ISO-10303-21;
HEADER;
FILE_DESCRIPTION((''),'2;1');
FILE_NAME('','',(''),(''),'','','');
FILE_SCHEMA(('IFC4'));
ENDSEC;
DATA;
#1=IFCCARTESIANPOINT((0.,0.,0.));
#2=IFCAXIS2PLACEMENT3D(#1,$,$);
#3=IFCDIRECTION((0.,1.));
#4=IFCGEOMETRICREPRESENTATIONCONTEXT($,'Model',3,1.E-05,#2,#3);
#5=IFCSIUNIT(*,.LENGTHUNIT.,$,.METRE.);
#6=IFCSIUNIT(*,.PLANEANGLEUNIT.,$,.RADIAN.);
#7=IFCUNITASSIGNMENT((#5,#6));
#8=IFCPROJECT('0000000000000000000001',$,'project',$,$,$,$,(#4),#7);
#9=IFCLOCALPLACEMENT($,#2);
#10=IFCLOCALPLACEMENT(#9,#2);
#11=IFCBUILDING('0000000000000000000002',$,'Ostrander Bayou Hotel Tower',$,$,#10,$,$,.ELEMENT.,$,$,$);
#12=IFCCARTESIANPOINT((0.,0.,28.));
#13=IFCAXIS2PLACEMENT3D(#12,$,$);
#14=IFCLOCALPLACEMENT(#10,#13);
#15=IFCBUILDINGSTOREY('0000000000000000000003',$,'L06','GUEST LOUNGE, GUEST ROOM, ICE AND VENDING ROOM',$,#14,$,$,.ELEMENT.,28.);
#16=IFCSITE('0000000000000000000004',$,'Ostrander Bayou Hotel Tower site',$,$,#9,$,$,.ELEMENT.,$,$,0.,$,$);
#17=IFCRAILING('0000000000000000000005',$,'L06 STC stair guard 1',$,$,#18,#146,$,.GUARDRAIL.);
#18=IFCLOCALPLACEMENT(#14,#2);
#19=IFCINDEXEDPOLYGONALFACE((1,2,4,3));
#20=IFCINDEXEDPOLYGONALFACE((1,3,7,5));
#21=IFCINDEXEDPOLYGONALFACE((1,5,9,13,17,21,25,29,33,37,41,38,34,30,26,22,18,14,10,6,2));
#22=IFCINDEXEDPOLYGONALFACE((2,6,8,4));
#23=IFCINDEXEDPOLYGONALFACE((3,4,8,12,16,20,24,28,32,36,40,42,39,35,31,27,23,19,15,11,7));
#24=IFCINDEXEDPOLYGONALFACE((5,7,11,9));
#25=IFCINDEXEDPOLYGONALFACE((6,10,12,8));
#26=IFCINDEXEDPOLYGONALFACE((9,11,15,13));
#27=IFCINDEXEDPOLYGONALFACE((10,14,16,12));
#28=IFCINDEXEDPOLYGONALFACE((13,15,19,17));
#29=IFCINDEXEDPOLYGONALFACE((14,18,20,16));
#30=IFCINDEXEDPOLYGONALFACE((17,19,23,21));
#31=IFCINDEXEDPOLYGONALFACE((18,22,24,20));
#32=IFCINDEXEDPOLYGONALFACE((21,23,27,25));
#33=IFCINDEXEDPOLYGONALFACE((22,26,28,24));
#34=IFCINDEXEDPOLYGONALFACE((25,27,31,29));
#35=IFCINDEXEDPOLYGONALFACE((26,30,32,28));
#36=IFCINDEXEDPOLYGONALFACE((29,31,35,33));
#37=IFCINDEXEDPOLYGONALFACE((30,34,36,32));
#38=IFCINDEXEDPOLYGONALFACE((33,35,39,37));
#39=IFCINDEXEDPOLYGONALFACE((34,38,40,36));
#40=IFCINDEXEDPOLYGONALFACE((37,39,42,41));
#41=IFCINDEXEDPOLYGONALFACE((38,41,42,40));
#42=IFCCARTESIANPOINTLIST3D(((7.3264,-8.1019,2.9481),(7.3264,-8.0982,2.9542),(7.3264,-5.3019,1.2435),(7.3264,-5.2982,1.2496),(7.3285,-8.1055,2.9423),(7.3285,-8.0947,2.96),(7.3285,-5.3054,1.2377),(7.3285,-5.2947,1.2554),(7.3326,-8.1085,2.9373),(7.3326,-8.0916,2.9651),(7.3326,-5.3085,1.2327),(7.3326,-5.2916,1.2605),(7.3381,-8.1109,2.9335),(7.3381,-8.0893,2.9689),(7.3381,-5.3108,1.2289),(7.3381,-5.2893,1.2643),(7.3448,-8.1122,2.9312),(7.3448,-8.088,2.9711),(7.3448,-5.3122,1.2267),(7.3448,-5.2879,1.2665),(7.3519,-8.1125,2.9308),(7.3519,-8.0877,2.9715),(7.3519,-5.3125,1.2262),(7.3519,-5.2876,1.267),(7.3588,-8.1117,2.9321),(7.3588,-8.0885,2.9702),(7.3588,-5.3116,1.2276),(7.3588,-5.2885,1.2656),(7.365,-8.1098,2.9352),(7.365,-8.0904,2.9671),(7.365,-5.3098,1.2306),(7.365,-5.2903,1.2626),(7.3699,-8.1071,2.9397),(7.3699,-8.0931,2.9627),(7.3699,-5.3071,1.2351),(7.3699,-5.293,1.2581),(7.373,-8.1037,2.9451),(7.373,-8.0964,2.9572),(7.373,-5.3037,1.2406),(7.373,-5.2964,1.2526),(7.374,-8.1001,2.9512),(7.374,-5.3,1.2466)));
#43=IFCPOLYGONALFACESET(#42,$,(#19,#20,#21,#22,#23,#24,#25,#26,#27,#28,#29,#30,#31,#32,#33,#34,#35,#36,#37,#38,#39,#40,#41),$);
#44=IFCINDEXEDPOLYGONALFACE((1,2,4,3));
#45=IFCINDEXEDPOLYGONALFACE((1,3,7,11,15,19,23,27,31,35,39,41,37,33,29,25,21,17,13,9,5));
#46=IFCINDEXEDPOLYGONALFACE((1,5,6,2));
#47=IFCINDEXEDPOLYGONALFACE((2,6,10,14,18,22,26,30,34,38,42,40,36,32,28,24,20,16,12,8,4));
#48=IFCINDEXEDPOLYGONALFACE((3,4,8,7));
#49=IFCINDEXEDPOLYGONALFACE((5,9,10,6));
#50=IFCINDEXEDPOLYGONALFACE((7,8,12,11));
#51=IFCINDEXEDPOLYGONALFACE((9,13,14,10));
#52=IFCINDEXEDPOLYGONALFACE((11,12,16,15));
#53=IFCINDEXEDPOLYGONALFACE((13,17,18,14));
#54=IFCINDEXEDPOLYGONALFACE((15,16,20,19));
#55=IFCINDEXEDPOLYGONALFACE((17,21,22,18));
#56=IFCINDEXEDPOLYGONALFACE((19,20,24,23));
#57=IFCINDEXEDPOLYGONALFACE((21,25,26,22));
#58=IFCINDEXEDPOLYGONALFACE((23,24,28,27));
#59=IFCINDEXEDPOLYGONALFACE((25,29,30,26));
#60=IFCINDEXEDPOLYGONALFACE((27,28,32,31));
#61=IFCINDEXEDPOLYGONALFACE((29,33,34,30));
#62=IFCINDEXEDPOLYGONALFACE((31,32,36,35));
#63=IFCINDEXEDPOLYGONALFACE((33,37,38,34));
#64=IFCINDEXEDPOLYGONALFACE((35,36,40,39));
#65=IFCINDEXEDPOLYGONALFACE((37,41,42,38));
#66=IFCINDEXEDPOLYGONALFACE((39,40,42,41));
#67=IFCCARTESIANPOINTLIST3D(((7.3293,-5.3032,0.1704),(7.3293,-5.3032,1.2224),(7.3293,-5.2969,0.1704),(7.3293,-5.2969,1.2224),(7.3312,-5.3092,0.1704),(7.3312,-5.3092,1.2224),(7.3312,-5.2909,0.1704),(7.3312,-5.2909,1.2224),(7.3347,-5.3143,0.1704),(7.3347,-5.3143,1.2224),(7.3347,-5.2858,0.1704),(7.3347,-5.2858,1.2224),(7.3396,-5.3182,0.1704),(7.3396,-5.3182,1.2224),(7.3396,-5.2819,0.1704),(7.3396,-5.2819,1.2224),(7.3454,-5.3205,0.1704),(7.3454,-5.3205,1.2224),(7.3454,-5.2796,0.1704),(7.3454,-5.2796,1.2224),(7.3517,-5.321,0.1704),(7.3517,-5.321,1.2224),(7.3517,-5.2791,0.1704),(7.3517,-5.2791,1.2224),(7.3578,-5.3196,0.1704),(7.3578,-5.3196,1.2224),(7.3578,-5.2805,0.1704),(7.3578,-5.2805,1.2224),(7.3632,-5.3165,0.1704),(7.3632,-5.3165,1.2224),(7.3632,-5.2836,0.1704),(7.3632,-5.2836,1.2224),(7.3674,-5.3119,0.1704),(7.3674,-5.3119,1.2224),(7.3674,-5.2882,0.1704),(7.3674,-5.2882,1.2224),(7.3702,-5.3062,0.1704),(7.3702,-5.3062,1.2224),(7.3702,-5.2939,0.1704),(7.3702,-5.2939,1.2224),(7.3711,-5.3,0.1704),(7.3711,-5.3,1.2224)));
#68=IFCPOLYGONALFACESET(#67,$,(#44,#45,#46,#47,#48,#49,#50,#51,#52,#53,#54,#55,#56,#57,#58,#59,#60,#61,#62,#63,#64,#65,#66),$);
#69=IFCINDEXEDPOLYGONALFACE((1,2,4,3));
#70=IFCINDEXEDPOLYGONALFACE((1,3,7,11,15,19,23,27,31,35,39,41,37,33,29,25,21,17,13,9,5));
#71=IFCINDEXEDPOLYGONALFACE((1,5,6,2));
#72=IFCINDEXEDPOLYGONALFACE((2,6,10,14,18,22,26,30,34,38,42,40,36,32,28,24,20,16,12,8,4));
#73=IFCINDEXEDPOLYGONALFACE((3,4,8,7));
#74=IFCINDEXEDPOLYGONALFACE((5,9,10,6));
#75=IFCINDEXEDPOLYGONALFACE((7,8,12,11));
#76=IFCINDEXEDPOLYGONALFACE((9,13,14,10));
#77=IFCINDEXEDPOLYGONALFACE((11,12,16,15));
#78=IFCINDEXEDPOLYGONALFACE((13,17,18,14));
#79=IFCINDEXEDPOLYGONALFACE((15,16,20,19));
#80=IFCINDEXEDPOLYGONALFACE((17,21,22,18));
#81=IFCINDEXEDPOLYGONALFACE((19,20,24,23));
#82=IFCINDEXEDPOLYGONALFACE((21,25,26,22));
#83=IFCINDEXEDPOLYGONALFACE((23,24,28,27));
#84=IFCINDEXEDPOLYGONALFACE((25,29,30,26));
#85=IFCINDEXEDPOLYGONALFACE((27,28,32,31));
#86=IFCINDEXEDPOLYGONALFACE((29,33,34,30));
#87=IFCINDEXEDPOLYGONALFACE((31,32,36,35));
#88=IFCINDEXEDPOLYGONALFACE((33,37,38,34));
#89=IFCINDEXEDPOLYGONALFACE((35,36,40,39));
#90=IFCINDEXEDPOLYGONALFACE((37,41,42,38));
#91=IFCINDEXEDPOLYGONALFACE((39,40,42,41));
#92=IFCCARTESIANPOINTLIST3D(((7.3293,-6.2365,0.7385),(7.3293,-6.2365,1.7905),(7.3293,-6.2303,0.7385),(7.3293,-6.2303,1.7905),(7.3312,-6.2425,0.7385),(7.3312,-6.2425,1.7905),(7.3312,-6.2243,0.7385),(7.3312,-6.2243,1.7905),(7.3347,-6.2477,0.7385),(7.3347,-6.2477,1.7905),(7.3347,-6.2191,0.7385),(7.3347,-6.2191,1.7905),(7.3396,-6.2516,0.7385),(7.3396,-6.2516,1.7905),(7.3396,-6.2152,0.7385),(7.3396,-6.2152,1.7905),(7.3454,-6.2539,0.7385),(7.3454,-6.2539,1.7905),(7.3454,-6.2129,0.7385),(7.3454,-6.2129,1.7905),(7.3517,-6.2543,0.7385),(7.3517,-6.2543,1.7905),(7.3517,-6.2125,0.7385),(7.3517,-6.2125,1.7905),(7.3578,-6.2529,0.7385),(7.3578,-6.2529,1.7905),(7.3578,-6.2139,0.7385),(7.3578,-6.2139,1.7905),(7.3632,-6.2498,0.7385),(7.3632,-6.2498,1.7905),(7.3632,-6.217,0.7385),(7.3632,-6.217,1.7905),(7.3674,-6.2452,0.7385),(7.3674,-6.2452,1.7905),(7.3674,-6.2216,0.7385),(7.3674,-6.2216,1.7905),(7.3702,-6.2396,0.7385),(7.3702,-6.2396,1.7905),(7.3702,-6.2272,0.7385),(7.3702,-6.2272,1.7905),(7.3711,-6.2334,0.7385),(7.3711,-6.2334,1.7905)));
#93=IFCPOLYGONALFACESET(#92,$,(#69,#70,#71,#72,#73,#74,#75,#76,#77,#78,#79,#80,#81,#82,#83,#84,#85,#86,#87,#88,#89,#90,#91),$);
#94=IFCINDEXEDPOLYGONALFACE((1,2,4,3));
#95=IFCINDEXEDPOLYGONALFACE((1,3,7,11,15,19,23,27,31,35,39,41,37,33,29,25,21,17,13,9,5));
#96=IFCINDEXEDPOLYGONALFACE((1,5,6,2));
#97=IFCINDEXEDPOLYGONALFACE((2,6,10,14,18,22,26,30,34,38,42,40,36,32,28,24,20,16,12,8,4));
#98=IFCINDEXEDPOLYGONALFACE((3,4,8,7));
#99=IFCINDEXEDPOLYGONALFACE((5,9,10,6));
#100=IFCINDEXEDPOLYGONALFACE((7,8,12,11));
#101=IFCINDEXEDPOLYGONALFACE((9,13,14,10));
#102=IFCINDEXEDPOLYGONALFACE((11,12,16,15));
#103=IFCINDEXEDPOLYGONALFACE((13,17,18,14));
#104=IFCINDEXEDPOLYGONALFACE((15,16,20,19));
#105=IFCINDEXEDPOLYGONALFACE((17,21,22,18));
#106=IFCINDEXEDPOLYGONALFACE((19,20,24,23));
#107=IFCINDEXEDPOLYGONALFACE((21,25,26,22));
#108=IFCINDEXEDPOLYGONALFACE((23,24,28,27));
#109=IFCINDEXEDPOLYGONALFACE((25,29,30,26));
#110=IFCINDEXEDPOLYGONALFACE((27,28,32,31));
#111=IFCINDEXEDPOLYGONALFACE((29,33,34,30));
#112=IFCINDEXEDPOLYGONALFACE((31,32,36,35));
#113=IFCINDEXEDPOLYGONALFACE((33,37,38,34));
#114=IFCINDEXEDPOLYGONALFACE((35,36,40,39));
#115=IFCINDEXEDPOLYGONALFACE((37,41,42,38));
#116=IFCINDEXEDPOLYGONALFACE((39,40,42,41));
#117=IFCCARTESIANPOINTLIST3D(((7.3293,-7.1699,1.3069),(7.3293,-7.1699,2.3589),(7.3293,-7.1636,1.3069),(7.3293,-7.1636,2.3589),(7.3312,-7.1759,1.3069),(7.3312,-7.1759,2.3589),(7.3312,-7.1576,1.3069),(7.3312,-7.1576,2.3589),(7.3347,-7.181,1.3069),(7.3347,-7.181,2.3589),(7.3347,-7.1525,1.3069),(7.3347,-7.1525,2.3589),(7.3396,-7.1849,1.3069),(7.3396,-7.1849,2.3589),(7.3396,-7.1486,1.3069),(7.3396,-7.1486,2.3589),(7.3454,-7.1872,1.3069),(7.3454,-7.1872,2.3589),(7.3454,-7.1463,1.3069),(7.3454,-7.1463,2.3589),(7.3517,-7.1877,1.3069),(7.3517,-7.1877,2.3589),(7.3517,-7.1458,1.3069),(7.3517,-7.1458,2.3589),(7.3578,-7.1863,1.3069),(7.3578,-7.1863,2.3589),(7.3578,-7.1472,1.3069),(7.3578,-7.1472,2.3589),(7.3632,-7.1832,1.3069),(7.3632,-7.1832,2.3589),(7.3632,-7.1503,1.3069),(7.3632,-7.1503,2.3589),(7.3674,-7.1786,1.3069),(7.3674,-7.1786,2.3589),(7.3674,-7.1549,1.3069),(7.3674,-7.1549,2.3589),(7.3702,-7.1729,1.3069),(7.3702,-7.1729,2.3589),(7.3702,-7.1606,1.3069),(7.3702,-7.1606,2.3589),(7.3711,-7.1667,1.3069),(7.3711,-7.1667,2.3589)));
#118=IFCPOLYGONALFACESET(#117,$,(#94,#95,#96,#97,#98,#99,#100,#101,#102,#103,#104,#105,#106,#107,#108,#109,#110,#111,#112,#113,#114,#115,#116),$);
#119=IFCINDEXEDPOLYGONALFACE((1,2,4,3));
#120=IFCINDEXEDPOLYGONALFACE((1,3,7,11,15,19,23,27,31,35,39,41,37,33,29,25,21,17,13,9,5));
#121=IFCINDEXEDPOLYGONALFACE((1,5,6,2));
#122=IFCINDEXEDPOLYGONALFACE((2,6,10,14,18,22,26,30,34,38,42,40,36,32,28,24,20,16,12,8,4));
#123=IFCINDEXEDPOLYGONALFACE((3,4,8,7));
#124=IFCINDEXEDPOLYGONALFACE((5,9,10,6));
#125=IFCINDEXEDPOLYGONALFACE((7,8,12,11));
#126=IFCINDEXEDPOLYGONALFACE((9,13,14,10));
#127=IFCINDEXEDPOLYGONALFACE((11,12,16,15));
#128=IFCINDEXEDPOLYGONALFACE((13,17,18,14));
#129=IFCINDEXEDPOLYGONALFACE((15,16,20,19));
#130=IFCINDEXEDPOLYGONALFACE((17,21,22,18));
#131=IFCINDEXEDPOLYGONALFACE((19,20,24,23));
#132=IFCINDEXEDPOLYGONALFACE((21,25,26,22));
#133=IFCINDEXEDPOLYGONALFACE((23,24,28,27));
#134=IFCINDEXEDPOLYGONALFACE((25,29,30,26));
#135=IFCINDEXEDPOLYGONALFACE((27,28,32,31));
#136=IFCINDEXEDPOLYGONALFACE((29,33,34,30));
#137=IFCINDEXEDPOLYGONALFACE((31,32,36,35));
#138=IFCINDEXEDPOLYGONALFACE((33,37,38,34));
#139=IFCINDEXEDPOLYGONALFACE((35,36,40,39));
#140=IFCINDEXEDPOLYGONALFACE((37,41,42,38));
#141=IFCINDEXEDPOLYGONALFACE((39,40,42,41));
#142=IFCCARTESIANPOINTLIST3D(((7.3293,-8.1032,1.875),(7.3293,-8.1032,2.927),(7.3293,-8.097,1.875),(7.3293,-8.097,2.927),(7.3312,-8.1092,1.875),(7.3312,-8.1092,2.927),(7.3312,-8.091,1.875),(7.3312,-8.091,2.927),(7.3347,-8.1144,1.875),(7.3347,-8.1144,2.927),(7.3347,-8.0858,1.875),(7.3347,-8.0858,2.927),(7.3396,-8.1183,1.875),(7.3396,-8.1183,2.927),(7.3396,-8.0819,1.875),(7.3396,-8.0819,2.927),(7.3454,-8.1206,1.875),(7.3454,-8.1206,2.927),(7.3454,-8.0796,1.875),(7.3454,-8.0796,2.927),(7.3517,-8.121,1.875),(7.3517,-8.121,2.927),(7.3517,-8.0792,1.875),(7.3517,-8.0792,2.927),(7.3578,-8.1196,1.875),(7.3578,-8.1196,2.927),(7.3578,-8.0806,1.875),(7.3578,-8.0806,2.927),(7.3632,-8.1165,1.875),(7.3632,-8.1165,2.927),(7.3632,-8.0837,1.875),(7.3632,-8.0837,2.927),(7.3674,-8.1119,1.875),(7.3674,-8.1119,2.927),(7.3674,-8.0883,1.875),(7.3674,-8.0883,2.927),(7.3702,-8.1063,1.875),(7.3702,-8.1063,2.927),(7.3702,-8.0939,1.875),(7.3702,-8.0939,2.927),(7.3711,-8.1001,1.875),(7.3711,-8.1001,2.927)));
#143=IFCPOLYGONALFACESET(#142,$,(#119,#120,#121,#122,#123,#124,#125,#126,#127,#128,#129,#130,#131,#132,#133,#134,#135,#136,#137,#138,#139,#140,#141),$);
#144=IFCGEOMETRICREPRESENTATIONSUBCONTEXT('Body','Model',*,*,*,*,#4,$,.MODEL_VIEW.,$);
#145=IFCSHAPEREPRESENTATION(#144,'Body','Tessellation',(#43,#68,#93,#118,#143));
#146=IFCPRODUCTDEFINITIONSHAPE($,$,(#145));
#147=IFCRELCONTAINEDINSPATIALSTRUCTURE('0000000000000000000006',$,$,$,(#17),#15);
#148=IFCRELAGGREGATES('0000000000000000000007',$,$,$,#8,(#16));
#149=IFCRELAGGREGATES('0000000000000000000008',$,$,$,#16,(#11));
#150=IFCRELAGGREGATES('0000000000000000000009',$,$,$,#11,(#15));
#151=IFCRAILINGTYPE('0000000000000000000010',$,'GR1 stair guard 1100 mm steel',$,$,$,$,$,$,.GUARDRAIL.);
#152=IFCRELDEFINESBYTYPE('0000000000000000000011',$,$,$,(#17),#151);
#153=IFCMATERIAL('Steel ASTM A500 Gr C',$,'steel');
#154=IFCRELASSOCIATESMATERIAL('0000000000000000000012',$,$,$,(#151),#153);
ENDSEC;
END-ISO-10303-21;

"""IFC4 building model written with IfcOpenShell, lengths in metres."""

from ifc_helpers import new_model, si_unit, direction, frame, origin, origin_2d, place, context, subcontext, project, spatial, circle, extrude, material, type_object, element, save


model = new_model("IFC4")

# Units and contexts
model_context = context("Model", 3, precision=1e-05, world=origin(), true_north=direction((0.0, 1.0)))
body_context = subcontext(model_context, "Body", "Model", "MODEL_VIEW")
ifc_project = project(units=[si_unit("LENGTHUNIT", "METRE"), si_unit("PLANEANGLEUNIT", "RADIAN")], contexts=[model_context])

# Site, building, storey
site_placement = place(None, origin())
site = spatial("IfcSite", under=ifc_project, at=site_placement, Name="Ostrander Bayou Hotel Tower site", CompositionType="ELEMENT", RefElevation=0.0)
building_placement = place(site_placement, origin())
building = spatial("IfcBuilding", under=site, at=building_placement, Name="Ostrander Bayou Hotel Tower", CompositionType="ELEMENT")
storey_placement = place(building_placement, frame((0.0, 0.0, 28.0)))
storey = spatial("IfcBuildingStorey", under=building, at=storey_placement, Name="L06", Description="GUEST LOUNGE, GUEST ROOM, ICE AND VENDING ROOM", CompositionType="ELEMENT", Elevation=28.0)

# Railing
ifc_material_1 = material(Name="Steel ASTM A500 Gr C", Category="steel")
railing_type = type_object("IfcRailingType", Name="GR1 stair guard 1100 mm steel", PredefinedType="GUARDRAIL", material=ifc_material_1)
railing_1_placement = place(storey_placement, frame((7.3501, -5.3, 0.1704)))
element("IfcRailing", 1, at=railing_1_placement, inside=storey, type_object=railing_type, Name="L06 STC stair guard 1", PredefinedType="GUARDRAIL", context=body_context, shape_type="SweptSolid", body=[
    extrude(circle(Radius=0.0239, at=origin_2d()), frame((0.0, 0.0, 1.0762), z_axis=(0.0, -0.85417, 0.519994), x_axis=(1.0, 0.0, 0.0)), (0.0, 0.0, 1.0), 3.2781),
    extrude(circle(Radius=0.021, at=origin_2d()), origin(), (0.0, 0.0, 1.0), 1.052),
    extrude(circle(Radius=0.021, at=origin_2d()), frame((0.0, -0.9333, 0.5681)), (0.0, 0.0, 1.0), 1.052),
    extrude(circle(Radius=0.021, at=origin_2d()), frame((0.0, -1.8667, 1.1365)), (0.0, 0.0, 1.0), 1.052),
    extrude(circle(Radius=0.021, at=origin_2d()), frame((0.0, -2.8, 1.7046)), (0.0, 0.0, 1.0), 1.052),
])

save(model, "model.ifc")
